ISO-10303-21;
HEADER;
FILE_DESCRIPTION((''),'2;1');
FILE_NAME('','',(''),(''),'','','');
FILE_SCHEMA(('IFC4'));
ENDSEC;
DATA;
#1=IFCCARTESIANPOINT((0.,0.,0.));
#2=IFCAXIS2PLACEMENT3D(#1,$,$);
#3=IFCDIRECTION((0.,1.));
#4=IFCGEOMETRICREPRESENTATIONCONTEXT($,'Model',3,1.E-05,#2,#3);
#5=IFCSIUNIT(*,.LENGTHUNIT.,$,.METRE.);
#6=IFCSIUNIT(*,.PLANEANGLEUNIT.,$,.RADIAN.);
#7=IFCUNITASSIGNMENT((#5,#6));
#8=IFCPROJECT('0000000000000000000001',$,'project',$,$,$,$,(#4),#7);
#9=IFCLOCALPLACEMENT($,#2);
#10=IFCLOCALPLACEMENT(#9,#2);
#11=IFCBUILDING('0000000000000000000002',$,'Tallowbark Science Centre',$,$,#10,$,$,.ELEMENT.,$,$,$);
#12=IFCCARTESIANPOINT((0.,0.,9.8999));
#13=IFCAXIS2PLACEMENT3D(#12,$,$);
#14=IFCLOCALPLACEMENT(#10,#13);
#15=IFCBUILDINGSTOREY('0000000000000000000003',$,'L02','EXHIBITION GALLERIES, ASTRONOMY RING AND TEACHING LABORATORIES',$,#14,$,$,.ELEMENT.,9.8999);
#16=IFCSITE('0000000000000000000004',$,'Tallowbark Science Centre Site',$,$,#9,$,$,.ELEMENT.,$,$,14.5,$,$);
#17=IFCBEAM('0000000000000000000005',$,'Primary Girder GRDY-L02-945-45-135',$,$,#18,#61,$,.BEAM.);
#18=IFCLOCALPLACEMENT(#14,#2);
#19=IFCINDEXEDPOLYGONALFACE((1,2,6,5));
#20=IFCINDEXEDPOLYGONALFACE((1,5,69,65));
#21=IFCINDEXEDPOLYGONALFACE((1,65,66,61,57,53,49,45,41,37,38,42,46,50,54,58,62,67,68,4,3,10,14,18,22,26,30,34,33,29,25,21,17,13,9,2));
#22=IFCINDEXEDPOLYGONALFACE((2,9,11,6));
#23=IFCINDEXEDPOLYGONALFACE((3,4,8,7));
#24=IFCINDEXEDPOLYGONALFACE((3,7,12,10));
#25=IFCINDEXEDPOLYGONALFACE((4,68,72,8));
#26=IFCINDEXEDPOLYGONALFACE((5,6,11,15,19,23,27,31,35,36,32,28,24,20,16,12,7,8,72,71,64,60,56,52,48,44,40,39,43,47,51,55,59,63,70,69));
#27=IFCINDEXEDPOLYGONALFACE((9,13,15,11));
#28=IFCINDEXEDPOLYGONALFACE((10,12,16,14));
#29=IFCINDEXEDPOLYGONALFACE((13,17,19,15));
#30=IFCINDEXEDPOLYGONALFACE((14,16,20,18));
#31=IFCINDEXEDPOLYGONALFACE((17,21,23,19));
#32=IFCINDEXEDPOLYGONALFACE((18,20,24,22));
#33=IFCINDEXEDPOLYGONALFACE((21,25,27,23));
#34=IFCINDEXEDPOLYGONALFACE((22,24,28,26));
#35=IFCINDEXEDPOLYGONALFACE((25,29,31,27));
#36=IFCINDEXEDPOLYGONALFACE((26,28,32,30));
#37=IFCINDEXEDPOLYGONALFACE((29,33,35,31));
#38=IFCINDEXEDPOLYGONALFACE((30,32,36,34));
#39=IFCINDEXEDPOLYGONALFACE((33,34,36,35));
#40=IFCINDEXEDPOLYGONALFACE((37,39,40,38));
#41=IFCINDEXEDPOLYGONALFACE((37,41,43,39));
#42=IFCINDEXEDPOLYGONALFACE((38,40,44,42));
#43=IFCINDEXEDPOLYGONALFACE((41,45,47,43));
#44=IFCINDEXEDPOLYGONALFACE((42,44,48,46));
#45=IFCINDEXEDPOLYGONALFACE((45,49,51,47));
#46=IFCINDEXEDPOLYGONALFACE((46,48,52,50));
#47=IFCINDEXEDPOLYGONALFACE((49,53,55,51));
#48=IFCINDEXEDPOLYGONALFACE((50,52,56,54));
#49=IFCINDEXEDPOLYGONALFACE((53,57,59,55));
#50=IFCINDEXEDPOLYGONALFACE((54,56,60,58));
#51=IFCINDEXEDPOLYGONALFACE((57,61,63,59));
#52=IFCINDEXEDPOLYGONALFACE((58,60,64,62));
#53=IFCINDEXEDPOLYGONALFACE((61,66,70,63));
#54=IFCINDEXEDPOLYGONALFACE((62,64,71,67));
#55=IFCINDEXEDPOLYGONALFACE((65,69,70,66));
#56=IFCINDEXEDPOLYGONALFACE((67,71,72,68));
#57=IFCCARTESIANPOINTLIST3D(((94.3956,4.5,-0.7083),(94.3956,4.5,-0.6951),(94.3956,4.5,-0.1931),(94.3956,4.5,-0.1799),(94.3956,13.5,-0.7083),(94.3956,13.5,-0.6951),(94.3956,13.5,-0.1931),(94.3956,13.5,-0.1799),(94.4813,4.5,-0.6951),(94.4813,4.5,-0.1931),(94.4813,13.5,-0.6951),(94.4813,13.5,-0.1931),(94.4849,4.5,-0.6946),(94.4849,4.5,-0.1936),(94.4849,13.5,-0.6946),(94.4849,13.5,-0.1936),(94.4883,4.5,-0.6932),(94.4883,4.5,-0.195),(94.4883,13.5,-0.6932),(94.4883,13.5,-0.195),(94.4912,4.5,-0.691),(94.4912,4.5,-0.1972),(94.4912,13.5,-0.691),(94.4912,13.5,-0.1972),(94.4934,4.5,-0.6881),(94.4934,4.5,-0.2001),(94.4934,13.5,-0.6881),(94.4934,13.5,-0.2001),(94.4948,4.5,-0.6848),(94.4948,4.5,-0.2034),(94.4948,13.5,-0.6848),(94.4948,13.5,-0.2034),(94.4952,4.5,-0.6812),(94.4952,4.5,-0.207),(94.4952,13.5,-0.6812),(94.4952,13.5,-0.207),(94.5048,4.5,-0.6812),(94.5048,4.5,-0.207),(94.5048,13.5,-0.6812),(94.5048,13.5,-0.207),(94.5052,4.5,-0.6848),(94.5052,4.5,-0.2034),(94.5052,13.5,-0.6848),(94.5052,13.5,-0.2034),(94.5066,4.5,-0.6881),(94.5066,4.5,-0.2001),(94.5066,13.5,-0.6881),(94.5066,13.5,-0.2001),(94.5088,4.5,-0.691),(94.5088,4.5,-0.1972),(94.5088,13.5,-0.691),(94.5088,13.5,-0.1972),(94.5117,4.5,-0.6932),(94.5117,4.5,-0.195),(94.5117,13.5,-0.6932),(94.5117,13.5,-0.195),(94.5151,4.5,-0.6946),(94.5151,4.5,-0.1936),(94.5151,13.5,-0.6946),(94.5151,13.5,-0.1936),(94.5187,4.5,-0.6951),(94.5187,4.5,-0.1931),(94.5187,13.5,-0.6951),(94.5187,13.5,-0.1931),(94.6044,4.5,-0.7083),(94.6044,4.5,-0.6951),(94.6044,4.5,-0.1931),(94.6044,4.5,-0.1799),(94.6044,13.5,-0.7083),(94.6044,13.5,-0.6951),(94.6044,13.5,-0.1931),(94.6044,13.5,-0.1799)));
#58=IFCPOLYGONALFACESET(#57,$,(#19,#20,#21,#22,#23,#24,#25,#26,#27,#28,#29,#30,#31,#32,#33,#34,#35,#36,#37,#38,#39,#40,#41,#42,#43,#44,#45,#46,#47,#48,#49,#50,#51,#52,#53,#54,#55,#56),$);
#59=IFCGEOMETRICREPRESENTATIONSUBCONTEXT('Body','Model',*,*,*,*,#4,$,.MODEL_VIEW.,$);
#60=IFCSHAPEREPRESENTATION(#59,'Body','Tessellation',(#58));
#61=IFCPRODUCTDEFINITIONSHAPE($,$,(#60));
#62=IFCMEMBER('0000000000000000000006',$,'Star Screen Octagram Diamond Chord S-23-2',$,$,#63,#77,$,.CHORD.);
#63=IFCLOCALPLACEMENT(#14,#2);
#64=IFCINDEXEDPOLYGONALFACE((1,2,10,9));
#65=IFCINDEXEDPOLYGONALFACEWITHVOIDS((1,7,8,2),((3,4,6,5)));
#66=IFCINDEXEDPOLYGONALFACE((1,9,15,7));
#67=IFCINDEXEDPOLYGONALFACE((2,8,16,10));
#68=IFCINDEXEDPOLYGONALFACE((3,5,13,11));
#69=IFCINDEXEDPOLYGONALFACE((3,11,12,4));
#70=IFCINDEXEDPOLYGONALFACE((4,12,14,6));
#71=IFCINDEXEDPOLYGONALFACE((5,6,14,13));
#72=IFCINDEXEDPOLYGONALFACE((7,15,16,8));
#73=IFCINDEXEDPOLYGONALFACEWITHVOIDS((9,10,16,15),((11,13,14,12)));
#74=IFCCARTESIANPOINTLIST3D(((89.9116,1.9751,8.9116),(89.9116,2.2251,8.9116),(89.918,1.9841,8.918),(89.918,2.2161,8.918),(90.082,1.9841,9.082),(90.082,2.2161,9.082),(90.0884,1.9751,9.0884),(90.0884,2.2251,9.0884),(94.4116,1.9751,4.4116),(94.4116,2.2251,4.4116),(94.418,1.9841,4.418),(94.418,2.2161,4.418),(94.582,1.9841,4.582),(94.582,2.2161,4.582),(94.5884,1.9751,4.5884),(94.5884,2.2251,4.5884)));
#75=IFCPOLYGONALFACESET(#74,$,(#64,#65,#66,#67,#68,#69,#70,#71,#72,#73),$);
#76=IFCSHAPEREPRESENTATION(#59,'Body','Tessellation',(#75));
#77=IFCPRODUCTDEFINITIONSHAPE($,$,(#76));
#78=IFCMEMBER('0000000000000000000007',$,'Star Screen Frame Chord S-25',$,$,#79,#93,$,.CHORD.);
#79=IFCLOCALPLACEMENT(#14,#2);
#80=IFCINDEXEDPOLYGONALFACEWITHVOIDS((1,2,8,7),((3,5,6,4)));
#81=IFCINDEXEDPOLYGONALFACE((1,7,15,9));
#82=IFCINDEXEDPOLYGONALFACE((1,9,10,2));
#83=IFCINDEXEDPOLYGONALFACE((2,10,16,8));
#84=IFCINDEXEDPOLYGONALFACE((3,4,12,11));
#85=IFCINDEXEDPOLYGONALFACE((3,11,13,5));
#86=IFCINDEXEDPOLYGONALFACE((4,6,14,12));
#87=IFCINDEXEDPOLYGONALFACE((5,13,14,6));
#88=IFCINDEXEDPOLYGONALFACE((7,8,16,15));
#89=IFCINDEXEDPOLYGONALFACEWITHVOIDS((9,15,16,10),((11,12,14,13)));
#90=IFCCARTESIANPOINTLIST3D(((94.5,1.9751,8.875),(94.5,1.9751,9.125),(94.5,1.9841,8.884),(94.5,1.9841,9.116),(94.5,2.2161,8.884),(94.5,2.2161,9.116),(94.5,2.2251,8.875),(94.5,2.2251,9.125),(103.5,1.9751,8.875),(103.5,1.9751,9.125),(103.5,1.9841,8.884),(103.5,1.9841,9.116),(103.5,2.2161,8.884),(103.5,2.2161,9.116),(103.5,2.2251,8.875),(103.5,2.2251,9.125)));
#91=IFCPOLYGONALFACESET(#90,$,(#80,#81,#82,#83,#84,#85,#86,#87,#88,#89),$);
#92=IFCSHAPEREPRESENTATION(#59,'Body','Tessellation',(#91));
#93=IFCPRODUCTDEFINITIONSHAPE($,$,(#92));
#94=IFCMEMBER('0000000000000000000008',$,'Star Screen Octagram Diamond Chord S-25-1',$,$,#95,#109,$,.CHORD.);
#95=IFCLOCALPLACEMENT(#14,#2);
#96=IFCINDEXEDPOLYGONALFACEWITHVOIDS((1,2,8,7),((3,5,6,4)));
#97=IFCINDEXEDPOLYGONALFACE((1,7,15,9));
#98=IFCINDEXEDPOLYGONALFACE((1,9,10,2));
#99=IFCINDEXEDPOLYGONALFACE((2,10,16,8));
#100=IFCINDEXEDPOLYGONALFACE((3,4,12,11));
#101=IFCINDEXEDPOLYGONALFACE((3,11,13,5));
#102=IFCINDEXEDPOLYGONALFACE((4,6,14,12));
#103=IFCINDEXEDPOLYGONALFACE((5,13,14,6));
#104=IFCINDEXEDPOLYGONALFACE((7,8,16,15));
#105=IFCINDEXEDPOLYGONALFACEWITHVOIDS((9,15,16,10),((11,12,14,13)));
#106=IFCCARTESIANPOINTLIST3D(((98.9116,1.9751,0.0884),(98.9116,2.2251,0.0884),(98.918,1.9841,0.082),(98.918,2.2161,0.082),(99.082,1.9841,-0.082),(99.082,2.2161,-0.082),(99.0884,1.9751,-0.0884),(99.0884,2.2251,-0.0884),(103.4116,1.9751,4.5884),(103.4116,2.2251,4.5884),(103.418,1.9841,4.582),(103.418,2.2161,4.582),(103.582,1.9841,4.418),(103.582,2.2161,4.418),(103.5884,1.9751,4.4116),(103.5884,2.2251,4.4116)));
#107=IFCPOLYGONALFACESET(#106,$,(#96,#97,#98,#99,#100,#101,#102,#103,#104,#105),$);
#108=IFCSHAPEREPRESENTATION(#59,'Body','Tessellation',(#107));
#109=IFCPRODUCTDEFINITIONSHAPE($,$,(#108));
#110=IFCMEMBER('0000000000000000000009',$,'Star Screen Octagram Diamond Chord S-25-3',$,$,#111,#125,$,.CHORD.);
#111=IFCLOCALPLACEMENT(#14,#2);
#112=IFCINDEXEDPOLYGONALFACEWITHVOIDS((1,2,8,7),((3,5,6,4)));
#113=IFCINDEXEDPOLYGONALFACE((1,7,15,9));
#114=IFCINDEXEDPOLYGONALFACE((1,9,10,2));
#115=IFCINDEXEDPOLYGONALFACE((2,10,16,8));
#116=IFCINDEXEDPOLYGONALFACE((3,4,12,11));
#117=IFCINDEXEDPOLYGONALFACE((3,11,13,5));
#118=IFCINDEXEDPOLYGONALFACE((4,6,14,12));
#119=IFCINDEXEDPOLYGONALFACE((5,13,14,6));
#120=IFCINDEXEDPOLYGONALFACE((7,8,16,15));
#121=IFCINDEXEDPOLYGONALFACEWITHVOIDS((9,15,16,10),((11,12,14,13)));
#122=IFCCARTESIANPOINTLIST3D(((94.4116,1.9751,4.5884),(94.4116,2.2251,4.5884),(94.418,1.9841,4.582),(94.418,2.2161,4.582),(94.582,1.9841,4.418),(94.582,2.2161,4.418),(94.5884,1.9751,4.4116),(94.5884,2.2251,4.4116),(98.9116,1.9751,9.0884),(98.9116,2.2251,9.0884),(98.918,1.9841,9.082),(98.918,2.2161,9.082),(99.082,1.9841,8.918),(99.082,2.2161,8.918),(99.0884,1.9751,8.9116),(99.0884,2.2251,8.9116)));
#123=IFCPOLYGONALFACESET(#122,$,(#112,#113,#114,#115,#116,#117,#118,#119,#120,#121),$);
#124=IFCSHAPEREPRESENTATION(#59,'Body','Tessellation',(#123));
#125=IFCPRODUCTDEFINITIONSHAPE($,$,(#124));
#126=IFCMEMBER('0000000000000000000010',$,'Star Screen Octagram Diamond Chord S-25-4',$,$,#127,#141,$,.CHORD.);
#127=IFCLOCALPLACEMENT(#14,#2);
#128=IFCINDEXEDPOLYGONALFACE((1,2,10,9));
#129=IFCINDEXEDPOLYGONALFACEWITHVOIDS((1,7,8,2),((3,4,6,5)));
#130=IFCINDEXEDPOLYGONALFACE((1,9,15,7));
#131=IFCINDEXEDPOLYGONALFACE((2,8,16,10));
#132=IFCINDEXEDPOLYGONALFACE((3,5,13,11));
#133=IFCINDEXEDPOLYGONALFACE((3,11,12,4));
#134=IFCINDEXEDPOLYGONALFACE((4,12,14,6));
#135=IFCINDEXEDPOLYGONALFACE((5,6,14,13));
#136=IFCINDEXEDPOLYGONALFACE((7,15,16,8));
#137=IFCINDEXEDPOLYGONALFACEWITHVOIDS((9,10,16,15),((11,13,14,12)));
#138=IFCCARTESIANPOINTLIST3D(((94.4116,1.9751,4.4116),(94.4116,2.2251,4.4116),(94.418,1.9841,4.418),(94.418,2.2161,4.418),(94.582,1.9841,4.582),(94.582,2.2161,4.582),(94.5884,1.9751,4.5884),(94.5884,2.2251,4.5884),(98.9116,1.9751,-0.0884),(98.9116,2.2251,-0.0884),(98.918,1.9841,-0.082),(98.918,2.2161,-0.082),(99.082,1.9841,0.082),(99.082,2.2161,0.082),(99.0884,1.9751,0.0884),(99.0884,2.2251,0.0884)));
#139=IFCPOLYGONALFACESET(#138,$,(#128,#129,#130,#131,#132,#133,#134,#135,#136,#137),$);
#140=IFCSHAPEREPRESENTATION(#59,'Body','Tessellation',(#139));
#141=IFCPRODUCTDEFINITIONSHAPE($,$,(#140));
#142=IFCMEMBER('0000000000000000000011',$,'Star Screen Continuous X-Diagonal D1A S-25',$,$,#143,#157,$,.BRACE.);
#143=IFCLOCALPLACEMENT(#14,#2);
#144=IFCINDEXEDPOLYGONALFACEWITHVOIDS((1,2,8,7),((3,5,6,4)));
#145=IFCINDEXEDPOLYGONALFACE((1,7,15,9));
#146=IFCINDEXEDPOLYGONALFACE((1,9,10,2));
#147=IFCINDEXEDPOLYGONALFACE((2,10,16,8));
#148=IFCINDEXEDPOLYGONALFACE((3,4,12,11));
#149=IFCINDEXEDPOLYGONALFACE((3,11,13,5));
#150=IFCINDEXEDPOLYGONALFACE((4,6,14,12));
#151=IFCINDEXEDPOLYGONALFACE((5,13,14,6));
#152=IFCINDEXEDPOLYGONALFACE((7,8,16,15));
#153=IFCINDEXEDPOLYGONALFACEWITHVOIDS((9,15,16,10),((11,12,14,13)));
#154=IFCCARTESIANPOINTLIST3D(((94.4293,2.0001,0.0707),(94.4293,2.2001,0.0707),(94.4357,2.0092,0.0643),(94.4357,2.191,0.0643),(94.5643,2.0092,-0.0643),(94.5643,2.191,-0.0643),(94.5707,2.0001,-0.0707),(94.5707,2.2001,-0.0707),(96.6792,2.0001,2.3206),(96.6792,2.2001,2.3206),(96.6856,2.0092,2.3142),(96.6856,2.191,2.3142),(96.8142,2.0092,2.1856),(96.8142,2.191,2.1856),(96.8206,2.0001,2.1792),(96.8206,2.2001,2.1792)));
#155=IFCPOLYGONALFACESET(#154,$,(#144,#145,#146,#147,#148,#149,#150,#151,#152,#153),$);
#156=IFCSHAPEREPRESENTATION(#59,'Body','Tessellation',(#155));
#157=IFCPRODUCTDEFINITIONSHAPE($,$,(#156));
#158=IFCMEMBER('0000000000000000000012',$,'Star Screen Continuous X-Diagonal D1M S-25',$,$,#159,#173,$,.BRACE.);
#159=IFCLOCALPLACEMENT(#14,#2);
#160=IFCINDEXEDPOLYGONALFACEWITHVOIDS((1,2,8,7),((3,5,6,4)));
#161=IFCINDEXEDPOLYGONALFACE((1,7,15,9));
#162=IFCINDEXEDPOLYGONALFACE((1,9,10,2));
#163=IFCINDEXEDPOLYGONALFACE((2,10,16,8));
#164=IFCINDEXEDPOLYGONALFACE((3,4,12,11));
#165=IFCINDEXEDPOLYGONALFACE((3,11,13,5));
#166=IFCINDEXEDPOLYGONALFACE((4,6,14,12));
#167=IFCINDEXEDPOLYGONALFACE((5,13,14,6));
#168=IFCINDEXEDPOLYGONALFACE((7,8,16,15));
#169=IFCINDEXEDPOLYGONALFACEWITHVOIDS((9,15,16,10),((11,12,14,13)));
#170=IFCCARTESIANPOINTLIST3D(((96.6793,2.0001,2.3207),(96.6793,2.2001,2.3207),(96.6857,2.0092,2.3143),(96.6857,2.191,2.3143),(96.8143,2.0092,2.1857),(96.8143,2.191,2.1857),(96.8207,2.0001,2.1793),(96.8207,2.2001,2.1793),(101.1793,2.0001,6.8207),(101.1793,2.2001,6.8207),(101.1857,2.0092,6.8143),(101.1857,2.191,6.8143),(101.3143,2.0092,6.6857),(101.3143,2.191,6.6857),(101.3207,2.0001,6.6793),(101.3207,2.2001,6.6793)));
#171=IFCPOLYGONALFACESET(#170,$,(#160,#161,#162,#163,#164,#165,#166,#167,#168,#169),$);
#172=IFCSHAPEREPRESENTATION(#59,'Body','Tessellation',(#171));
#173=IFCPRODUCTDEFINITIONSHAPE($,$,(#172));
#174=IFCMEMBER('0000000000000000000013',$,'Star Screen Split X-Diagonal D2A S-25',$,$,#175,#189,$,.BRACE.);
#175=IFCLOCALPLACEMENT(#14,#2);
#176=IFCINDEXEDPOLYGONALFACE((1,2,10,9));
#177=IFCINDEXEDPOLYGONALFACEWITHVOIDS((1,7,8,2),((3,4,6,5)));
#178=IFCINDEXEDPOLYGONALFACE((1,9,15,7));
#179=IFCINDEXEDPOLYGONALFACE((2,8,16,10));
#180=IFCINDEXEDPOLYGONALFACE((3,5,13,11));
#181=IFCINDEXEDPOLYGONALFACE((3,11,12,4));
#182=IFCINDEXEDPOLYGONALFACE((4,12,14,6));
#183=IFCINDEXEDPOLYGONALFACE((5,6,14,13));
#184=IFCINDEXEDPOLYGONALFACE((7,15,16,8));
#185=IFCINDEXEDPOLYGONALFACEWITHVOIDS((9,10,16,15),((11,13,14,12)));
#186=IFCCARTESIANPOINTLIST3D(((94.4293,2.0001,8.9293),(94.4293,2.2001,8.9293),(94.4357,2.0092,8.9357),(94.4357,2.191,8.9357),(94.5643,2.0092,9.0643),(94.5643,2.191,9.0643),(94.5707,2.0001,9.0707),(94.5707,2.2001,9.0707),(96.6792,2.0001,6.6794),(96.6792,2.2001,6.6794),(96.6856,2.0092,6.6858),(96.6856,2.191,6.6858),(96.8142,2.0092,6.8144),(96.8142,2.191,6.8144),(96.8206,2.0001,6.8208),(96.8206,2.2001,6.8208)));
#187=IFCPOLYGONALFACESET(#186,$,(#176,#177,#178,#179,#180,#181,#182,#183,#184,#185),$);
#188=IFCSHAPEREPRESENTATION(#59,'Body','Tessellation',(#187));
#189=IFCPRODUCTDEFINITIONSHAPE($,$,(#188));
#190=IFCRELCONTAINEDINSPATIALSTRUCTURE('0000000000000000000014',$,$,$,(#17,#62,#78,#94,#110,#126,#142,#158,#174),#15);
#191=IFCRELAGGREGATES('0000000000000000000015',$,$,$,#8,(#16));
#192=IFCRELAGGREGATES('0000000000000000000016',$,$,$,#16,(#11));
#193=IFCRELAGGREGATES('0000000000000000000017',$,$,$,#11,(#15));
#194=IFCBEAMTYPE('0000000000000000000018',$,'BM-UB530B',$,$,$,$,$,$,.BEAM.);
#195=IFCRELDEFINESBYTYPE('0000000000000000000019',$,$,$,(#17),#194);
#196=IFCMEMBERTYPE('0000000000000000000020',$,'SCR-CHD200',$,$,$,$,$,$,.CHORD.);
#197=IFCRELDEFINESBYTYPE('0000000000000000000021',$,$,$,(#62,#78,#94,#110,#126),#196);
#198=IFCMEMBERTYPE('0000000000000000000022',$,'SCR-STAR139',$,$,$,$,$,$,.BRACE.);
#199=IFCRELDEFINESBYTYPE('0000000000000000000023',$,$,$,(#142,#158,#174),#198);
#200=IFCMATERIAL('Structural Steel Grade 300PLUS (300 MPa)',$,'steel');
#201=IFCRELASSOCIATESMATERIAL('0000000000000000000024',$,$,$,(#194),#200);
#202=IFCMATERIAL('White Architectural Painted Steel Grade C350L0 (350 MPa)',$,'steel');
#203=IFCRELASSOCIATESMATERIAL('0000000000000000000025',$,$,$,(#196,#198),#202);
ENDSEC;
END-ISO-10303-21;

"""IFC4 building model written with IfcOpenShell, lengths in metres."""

from ifc_helpers import new_model, si_unit, direction, frame, origin, origin_2d, place, context, subcontext, project, spatial, hollow_rectangle, i_section, extrude, material, material_profile, profile_set, type_object, element, save


model = new_model("IFC4")

# Units and contexts
model_context = context("Model", 3, precision=1e-05, world=origin(), true_north=direction((0.0, 1.0)))
body_context = subcontext(model_context, "Body", "Model", "MODEL_VIEW")
ifc_project = project(units=[si_unit("LENGTHUNIT", "METRE"), si_unit("PLANEANGLEUNIT", "RADIAN")], contexts=[model_context])

# Site, building, storey
site_placement = place(None, origin())
site = spatial("IfcSite", under=ifc_project, at=site_placement, Name="Tallowbark Science Centre Site", CompositionType="ELEMENT", RefElevation=14.5)
building_placement = place(site_placement, origin())
building = spatial("IfcBuilding", under=site, at=building_placement, Name="Tallowbark Science Centre", CompositionType="ELEMENT")
storey_placement = place(building_placement, frame((0.0, 0.0, 9.8999)))
storey = spatial("IfcBuildingStorey", under=building, at=storey_placement, Name="L02", Description="EXHIBITION GALLERIES, ASTRONOMY RING AND TEACHING LABORATORIES", CompositionType="ELEMENT", Elevation=9.8999)

# Shared definitions
ifc_material_1 = material(Name="White Architectural Painted Steel Grade C350L0 (350 MPa)", Category="steel")
ifc_material_2 = material(Name="Structural Steel Grade 300PLUS (300 MPa)", Category="steel")

# Beam
ifc_material_profile_1 = material_profile(ifc_material_2, i_section(OverallWidth=0.2087, OverallDepth=0.5283, WebThickness=0.0095, FlangeThickness=0.0132, FilletRadius=0.0139, at=origin_2d()), Name="530UB82.0")
ifc_profile_set_1 = profile_set([ifc_material_profile_1], Name="Structural Steel Grade 300PLUS (300 MPa)")
beam_type_1 = type_object("IfcBeamType", Name="BM-UB530B", PredefinedType="BEAM", material=ifc_profile_set_1)
beam_1_placement = place(storey_placement, frame((94.5, 4.5, -0.4441), z_axis=(0.0, 1.0, 0.0), x_axis=(-1.0, 0.0, 0.0)))
element("IfcBeam", 1, at=beam_1_placement, inside=storey, type_object=beam_type_1, Name="Primary Girder GRDY-L02-945-45-135", PredefinedType="BEAM", context=body_context, shape_type="SweptSolid", body=[
    extrude(i_section(OverallWidth=0.2087, OverallDepth=0.5283, WebThickness=0.0095, FlangeThickness=0.0132, FilletRadius=0.0139, at=origin_2d()), origin(), (0.0, 0.0, 1.0), 9.0),
])

# Members
ifc_material_profile_2 = material_profile(ifc_material_1, hollow_rectangle(XDim=0.25, YDim=0.25, WallThickness=0.009, at=origin_2d()), Name="250x250x9.0SHS")
ifc_profile_set_2 = profile_set([ifc_material_profile_2], Name="White Architectural Painted Steel Grade C350L0 (350 MPa)")
member_type_1 = type_object("IfcMemberType", Name="SCR-CHD200", PredefinedType="CHORD", material=ifc_profile_set_2)
member_1_placement = place(storey_placement, frame((94.5, 2.1001, 4.5), z_axis=(-0.707107, 0.0, 0.707107), x_axis=(0.0, -1.0, 0.0)))
element("IfcMember", 2, at=member_1_placement, inside=storey, type_object=member_type_1, Name="Star Screen Octagram Diamond Chord S-23-2", PredefinedType="CHORD", context=body_context, shape_type="SweptSolid", body=[
    extrude(hollow_rectangle(XDim=0.25, YDim=0.25, WallThickness=0.009, at=origin_2d()), origin(), (0.0, 0.0, 1.0), 6.364),
])
member_2_placement = place(storey_placement, frame((94.5, 2.1001, 9.0), z_axis=(1.0, 0.0, 0.0), x_axis=(0.0, 1.0, 0.0)))
element("IfcMember", 3, at=member_2_placement, inside=storey, type_object=member_type_1, Name="Star Screen Frame Chord S-25", PredefinedType="CHORD", context=body_context, shape_type="SweptSolid", body=[
    extrude(hollow_rectangle(XDim=0.25, YDim=0.25, WallThickness=0.009, at=origin_2d()), origin(), (0.0, 0.0, 1.0), 9.0),
])
for number, where, z_axis, x_axis, name in (
    (4, (99.0, 2.1001, 0.0), (0.707107, 0.0, 0.707107), (0.0, 1.0, 0.0), "Star Screen Octagram Diamond Chord S-25-1"),
    (5, (99.0, 2.1001, 9.0), (-0.707107, 0.0, -0.707107), (0.0, -1.0, 0.0), "Star Screen Octagram Diamond Chord S-25-3"),
    (6, (94.5, 2.1001, 4.5), (0.707107, 0.0, -0.707107), (0.0, 1.0, 0.0), "Star Screen Octagram Diamond Chord S-25-4"),
):
    element("IfcMember", number, at=place(storey_placement, frame(where, z_axis=z_axis, x_axis=x_axis)), inside=storey, type_object=member_type_1, Name=name, PredefinedType="CHORD", context=body_context, shape_type="SweptSolid", body=[
        extrude(hollow_rectangle(XDim=0.25, YDim=0.25, WallThickness=0.009, at=origin_2d()), origin(), (0.0, 0.0, 1.0), 6.364),
    ])
ifc_material_profile_3 = material_profile(ifc_material_1, hollow_rectangle(XDim=0.2, YDim=0.2, WallThickness=0.009, at=origin_2d()), Name="200x200x9.0SHS")
ifc_profile_set_3 = profile_set([ifc_material_profile_3], Name="White Architectural Painted Steel Grade C350L0 (350 MPa)")
member_type_2 = type_object("IfcMemberType", Name="SCR-STAR139", PredefinedType="BRACE", material=ifc_profile_set_3)
member_3_placement = place(storey_placement, frame((94.5, 2.1001, 0.0), z_axis=(0.707107, 0.0, 0.707107), x_axis=(0.0, 1.0, 0.0)))
element("IfcMember", 7, at=member_3_placement, inside=storey, type_object=member_type_2, Name="Star Screen Continuous X-Diagonal D1A S-25", PredefinedType="BRACE", context=body_context, shape_type="SweptSolid", body=[
    extrude(hollow_rectangle(XDim=0.2, YDim=0.2, WallThickness=0.009, at=origin_2d()), origin(), (0.0, 0.0, 1.0), 3.1819),
])
member_4_placement = place(storey_placement, frame((96.75, 2.1001, 2.25), z_axis=(0.707107, 0.0, 0.707107), x_axis=(0.0, 1.0, 0.0)))
element("IfcMember", 8, at=member_4_placement, inside=storey, type_object=member_type_2, Name="Star Screen Continuous X-Diagonal D1M S-25", PredefinedType="BRACE", context=body_context, shape_type="SweptSolid", body=[
    extrude(hollow_rectangle(XDim=0.2, YDim=0.2, WallThickness=0.009, at=origin_2d()), origin(), (0.0, 0.0, 1.0), 6.364),
])
for number, where, z_axis, x_axis, name in (
    (9, (94.5, 2.1001, 9.0), (0.707107, 0.0, -0.707107), (0.0, 1.0, 0.0), "Star Screen Split X-Diagonal D2A S-25"),
):
    element("IfcMember", number, at=place(storey_placement, frame(where, z_axis=z_axis, x_axis=x_axis)), inside=storey, type_object=member_type_2, Name=name, PredefinedType="BRACE", context=body_context, shape_type="SweptSolid", body=[
        extrude(hollow_rectangle(XDim=0.2, YDim=0.2, WallThickness=0.009, at=origin_2d()), origin(), (0.0, 0.0, 1.0), 3.1819),
    ])

save(model, "model.ifc")
